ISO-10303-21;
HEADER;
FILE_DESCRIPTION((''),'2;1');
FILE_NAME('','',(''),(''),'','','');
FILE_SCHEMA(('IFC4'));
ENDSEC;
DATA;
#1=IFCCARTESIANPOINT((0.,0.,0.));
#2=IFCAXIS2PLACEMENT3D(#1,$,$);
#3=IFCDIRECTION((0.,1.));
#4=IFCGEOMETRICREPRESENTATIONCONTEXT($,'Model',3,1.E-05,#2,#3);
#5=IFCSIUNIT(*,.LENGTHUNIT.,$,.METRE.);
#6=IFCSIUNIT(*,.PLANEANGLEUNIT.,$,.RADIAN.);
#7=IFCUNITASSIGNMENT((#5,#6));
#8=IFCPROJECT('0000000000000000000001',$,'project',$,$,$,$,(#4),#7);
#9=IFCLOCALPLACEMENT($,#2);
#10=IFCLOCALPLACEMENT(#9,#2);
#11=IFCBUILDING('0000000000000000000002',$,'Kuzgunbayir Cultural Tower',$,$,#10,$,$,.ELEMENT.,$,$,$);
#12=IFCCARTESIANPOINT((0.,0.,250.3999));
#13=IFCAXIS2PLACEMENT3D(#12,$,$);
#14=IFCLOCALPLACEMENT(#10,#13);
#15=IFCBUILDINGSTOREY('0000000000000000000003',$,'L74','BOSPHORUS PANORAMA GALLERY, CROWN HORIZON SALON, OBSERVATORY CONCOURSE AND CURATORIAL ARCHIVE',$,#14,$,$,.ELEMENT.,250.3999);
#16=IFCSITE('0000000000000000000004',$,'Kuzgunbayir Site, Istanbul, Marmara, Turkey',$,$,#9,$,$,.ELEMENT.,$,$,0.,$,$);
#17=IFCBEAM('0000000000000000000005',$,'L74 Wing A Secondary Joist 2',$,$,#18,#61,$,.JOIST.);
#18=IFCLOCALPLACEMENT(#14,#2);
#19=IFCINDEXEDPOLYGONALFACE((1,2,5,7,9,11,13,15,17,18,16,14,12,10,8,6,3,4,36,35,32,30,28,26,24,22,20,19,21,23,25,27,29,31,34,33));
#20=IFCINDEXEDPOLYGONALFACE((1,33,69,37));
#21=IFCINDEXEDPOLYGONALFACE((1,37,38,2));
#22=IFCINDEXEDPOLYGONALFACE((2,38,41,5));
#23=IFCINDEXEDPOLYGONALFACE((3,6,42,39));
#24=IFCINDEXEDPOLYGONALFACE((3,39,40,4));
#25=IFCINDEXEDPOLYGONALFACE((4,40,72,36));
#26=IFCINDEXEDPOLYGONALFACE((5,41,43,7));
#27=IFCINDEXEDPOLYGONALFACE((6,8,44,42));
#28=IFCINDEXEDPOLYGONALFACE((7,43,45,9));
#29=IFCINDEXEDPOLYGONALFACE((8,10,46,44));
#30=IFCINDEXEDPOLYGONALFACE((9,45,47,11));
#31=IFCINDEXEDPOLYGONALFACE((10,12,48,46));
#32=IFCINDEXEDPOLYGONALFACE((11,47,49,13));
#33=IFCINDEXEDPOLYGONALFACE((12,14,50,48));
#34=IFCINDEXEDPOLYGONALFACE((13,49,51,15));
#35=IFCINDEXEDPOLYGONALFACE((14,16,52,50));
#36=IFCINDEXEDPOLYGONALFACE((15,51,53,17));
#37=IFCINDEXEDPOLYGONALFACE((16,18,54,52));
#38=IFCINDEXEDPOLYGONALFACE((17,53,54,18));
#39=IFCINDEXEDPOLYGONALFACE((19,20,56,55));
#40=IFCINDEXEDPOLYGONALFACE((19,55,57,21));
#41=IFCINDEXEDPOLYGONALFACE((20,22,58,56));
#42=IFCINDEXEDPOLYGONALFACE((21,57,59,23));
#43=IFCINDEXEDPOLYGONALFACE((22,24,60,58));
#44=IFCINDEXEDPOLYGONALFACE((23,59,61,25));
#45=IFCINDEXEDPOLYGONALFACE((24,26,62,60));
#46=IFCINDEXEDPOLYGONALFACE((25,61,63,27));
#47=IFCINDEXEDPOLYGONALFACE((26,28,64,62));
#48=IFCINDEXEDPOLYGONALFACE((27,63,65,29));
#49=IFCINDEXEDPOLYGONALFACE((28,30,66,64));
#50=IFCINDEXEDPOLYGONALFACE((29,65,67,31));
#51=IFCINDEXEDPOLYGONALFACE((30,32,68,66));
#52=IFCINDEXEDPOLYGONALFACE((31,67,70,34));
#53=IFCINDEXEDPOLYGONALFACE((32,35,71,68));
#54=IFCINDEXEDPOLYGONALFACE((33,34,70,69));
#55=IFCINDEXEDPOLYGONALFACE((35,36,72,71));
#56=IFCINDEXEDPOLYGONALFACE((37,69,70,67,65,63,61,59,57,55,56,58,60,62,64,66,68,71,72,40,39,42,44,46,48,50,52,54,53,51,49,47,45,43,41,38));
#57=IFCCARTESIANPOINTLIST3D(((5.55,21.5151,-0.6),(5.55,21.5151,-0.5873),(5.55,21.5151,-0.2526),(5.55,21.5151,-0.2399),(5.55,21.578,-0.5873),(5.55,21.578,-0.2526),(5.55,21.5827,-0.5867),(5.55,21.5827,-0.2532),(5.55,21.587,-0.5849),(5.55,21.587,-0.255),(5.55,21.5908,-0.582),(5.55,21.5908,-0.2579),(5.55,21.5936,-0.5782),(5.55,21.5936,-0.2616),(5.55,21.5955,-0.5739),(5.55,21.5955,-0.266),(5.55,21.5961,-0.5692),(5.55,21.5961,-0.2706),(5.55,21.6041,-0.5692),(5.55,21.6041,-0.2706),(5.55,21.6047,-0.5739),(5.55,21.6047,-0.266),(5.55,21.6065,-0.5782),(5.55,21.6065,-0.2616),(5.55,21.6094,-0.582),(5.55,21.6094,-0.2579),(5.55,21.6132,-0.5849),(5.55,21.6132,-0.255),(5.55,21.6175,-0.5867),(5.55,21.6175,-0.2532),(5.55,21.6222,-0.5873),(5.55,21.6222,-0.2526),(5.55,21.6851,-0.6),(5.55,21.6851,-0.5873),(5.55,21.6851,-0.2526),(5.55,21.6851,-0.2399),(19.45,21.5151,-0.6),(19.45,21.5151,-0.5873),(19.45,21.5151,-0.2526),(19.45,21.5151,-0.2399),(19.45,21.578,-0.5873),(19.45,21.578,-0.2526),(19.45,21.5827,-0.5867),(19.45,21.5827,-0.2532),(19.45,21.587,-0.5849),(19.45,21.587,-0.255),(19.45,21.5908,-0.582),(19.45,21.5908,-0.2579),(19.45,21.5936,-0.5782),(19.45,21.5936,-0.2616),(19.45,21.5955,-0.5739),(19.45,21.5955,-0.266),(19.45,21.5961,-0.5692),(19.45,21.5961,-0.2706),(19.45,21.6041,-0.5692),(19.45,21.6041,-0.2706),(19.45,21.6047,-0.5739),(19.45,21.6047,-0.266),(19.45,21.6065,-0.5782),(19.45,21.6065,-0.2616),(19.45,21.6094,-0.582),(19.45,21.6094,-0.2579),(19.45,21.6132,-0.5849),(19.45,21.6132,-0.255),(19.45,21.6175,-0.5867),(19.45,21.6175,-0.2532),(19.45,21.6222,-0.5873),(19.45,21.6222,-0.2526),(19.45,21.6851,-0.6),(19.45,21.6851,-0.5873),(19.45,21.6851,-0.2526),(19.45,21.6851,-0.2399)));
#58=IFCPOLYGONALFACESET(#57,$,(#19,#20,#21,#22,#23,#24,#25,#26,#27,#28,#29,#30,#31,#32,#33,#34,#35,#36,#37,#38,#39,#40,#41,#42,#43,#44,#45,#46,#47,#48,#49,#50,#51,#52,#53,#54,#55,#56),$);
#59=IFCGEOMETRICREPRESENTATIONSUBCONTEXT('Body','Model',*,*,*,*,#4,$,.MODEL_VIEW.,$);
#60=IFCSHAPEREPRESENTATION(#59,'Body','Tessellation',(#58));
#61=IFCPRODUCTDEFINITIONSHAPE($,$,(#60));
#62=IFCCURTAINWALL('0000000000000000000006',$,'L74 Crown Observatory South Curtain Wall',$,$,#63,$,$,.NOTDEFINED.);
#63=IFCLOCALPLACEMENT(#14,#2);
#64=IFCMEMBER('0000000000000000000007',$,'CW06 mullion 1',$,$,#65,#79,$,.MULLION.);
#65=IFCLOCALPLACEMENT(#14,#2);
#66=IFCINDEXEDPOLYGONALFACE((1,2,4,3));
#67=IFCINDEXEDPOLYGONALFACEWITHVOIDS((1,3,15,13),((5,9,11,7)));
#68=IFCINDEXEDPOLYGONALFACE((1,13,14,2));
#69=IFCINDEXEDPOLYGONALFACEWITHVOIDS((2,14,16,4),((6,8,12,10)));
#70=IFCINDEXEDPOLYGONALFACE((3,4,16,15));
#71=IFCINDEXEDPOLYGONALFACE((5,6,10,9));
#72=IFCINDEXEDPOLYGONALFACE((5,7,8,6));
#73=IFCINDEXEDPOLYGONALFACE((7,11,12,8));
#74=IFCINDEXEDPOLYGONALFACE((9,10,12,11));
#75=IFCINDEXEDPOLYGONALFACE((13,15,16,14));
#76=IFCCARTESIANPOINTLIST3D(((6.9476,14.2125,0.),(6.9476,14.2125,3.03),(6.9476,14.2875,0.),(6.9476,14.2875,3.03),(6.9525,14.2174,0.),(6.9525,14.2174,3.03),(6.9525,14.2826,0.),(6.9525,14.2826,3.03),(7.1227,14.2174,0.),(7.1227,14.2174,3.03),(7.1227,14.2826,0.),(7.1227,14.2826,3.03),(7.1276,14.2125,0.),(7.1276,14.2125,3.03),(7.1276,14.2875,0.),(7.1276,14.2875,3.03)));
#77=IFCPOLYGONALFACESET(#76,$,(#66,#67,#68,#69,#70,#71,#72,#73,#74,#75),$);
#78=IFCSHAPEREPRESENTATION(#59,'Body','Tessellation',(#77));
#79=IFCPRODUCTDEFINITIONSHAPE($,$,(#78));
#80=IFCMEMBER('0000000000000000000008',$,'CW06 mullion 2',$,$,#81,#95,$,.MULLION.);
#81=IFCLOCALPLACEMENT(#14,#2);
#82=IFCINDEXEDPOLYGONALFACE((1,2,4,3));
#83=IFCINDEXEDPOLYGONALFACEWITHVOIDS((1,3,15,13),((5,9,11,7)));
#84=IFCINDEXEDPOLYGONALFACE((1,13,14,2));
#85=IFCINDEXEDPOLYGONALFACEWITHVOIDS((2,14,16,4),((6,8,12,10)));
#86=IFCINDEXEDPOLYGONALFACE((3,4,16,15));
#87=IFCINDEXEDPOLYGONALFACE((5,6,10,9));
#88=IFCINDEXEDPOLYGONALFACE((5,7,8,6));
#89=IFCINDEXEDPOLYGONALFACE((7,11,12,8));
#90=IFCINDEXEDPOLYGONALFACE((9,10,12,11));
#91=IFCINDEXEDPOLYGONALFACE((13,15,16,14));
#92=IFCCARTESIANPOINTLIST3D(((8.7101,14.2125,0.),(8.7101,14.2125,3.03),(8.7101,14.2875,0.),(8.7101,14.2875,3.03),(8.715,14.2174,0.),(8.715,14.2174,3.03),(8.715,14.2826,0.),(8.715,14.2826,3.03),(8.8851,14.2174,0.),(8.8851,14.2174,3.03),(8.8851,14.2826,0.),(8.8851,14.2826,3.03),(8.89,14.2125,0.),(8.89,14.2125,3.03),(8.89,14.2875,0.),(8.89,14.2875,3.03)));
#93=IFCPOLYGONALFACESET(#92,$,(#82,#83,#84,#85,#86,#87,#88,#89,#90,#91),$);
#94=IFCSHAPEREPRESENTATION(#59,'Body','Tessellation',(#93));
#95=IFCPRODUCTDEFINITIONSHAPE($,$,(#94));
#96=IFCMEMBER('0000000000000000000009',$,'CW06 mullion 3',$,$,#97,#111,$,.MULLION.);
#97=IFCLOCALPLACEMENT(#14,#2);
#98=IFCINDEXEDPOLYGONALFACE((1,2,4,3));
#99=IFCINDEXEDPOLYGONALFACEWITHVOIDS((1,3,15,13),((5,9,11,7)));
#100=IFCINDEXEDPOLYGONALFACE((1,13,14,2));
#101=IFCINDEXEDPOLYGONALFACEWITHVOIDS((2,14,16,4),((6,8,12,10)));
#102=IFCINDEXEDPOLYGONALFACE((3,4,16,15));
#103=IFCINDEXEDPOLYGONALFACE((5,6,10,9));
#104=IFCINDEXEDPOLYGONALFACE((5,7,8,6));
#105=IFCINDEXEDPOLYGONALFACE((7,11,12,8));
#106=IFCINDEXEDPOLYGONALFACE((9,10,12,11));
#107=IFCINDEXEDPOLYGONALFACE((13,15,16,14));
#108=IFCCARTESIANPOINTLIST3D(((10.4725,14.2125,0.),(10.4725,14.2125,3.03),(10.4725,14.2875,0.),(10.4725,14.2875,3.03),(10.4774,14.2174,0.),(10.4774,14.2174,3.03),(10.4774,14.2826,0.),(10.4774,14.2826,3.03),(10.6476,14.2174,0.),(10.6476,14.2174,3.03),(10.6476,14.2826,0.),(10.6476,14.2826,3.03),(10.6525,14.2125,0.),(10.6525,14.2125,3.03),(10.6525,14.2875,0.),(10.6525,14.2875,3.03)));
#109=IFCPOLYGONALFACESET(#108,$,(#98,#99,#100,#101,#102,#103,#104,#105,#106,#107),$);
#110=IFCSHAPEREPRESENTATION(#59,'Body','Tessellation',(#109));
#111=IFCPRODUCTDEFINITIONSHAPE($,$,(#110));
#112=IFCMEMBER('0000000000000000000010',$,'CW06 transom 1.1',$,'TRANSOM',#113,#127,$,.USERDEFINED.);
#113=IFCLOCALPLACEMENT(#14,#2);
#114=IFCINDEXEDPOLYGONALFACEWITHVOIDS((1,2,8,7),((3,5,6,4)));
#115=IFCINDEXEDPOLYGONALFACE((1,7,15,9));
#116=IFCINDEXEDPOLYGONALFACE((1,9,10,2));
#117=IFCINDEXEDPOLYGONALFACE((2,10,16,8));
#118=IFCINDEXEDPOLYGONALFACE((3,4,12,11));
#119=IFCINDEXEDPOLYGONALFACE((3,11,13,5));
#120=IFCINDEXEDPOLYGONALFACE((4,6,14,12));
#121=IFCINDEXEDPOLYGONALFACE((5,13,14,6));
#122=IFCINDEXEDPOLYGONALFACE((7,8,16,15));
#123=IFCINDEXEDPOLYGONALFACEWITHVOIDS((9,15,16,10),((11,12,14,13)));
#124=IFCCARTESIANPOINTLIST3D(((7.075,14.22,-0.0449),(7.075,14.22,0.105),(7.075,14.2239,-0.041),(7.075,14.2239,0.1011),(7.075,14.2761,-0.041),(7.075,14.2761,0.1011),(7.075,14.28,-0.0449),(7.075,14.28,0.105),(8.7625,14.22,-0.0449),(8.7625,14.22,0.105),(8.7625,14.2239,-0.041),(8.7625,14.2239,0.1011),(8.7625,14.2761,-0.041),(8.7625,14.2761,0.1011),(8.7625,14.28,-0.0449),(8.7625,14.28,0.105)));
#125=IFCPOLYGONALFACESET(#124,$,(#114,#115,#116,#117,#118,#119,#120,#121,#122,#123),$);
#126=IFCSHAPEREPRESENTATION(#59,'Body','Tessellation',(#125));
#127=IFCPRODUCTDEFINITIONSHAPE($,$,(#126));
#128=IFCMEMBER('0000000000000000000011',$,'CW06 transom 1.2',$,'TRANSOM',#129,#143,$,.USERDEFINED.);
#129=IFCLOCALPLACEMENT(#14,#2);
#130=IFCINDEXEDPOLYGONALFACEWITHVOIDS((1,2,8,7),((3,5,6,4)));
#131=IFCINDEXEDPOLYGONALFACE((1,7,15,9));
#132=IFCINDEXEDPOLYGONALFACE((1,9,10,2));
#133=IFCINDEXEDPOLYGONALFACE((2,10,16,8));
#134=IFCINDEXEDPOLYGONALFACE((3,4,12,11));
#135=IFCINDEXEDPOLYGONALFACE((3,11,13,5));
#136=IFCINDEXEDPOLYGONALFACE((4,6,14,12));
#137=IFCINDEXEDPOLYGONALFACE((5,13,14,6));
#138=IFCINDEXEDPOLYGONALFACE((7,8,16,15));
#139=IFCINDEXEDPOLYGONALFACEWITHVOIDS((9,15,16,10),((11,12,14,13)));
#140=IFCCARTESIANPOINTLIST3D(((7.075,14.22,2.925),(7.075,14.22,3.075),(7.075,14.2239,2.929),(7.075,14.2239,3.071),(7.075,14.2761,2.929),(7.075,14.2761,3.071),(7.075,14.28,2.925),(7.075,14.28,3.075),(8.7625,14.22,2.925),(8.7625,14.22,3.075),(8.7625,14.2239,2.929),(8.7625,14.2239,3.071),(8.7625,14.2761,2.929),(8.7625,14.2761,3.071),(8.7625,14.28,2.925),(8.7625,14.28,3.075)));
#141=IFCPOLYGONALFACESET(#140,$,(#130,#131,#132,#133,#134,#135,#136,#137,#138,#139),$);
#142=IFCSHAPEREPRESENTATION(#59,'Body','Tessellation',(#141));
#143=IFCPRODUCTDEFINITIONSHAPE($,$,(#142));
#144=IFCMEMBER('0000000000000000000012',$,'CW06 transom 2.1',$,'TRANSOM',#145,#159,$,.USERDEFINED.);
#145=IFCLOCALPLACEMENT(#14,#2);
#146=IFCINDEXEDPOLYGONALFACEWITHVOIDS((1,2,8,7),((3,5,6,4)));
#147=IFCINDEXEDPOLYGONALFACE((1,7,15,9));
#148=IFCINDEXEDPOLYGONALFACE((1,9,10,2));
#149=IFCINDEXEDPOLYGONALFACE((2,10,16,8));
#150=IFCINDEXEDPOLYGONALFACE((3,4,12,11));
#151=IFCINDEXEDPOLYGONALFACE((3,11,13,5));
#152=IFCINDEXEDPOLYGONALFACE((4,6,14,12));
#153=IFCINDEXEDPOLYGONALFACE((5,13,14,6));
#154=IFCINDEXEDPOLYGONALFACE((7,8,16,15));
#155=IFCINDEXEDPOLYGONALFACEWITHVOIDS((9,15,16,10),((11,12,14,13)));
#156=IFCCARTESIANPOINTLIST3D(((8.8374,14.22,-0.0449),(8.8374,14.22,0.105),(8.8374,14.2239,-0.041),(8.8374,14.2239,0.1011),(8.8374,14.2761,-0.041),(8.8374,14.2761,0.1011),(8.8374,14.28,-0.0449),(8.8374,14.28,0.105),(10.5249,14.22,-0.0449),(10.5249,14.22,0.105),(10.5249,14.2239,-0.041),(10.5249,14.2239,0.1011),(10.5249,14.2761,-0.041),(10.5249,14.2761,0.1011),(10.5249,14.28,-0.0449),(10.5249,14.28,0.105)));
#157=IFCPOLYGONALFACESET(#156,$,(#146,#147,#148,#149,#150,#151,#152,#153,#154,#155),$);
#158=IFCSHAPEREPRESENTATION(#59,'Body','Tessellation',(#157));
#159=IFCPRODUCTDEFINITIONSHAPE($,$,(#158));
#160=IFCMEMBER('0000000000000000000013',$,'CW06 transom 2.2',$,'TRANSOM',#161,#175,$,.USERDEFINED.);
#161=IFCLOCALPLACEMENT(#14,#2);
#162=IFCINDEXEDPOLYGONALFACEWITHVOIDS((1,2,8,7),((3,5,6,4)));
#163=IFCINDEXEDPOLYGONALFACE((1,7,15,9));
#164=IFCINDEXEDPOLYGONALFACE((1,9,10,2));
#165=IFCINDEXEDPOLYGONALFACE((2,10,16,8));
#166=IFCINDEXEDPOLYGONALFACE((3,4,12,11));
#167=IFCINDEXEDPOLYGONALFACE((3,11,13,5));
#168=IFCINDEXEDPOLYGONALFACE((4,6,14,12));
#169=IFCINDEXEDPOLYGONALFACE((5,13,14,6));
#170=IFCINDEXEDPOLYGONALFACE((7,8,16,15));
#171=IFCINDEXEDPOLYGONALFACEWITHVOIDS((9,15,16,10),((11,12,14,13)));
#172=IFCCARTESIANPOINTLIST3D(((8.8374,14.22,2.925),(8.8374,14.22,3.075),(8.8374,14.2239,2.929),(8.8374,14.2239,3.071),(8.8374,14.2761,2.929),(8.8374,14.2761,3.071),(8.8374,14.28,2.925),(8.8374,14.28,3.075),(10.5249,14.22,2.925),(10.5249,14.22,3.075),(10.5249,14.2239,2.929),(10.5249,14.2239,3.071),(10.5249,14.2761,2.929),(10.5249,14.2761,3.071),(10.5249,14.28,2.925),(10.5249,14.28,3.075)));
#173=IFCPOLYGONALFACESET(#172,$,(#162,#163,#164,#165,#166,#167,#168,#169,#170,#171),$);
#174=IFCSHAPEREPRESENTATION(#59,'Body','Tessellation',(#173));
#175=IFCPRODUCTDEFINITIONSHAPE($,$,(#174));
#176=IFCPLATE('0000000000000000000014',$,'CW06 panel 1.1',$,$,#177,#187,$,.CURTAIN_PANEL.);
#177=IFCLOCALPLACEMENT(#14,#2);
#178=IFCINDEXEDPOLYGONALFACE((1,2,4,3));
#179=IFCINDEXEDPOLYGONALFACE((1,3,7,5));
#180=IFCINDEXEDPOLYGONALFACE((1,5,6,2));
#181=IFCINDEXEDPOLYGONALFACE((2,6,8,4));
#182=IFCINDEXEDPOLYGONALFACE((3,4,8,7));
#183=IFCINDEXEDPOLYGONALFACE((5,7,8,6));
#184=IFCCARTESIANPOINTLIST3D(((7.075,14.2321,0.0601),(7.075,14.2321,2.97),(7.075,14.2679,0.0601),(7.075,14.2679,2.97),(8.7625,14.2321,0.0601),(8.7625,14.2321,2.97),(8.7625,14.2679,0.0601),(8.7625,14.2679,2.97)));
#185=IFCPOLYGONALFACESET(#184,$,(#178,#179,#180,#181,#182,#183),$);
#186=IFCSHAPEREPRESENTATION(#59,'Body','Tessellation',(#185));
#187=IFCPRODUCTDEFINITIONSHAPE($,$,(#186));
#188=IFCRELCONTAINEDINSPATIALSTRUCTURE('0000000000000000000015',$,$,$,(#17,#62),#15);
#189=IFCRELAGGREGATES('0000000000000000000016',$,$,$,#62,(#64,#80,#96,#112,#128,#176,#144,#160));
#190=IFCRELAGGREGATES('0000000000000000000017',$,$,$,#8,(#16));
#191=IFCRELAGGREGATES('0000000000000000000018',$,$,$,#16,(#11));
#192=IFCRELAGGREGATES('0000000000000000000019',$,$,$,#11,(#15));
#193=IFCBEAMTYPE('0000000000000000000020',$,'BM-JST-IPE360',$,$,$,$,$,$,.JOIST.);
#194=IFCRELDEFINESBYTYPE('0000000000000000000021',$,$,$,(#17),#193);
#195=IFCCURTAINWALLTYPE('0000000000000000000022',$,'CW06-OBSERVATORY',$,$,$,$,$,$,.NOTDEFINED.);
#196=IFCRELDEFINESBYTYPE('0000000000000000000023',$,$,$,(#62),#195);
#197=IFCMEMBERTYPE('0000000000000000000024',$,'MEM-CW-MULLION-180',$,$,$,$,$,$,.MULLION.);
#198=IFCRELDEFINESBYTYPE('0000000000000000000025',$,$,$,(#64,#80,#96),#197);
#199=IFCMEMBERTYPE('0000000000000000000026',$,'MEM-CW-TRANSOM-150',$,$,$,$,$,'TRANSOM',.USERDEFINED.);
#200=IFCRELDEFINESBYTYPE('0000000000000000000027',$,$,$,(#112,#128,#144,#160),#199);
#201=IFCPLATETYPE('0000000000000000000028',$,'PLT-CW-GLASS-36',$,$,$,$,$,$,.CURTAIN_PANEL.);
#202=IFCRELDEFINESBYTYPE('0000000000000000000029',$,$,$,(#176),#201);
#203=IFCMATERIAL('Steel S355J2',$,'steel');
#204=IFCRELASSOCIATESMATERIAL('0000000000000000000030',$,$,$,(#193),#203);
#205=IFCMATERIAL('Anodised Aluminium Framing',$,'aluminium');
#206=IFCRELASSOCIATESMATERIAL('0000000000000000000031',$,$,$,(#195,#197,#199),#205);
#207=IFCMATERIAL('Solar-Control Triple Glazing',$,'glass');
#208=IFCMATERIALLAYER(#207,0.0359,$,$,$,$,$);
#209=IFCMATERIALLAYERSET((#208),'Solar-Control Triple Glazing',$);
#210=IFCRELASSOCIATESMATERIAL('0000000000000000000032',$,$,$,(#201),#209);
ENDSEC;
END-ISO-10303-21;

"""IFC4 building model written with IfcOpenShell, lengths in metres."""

from ifc_helpers import new_model, si_unit, direction, frame, origin, origin_2d, place, context, subcontext, project, spatial, rectangle, hollow_rectangle, i_section, extrude, material, layer, layer_set, material_profile, profile_set, type_object, element, aggregate, save


model = new_model("IFC4")

# Units and contexts
model_context = context("Model", 3, precision=1e-05, world=origin(), true_north=direction((0.0, 1.0)))
body_context = subcontext(model_context, "Body", "Model", "MODEL_VIEW")
ifc_project = project(units=[si_unit("LENGTHUNIT", "METRE"), si_unit("PLANEANGLEUNIT", "RADIAN")], contexts=[model_context])

# Site, building, storey
site_placement = place(None, origin())
site = spatial("IfcSite", under=ifc_project, at=site_placement, Name="Kuzgunbayir Site, Istanbul, Marmara, Turkey", CompositionType="ELEMENT", RefElevation=0.0)
building_placement = place(site_placement, origin())
building = spatial("IfcBuilding", under=site, at=building_placement, Name="Kuzgunbayir Cultural Tower", CompositionType="ELEMENT")
storey_placement = place(building_placement, frame((0.0, 0.0, 250.3999)))
storey = spatial("IfcBuildingStorey", under=building, at=storey_placement, Name="L74", Description="BOSPHORUS PANORAMA GALLERY, CROWN HORIZON SALON, OBSERVATORY CONCOURSE AND CURATORIAL ARCHIVE", CompositionType="ELEMENT", Elevation=250.3999)

# Beam
ifc_material_1 = material(Name="Steel S355J2", Category="steel")
ifc_material_profile_1 = material_profile(ifc_material_1, i_section(OverallWidth=0.1699, OverallDepth=0.3601, WebThickness=0.0081, FlangeThickness=0.0127, FilletRadius=0.0181, at=origin_2d()), Name="IPE 360")
ifc_profile_set_1 = profile_set([ifc_material_profile_1], Name="Steel S355J2")
beam_type_1 = type_object("IfcBeamType", Name="BM-JST-IPE360", PredefinedType="JOIST", material=ifc_profile_set_1)
for number, where, z_axis, x_axis, name in (
    (1, (5.55, 21.6001, -0.4199), (1.0, 0.0, 0.0), (0.0, 1.0, 0.0), "L74 Wing A Secondary Joist 2"),
):
    element("IfcBeam", number, at=place(storey_placement, frame(where, z_axis=z_axis, x_axis=x_axis)), inside=storey, type_object=beam_type_1, Name=name, PredefinedType="JOIST", context=body_context, shape_type="SweptSolid", body=[
        extrude(i_section(OverallWidth=0.1699, OverallDepth=0.3601, WebThickness=0.0081, FlangeThickness=0.0127, FilletRadius=0.0181, at=origin_2d()), origin(), (0.0, 0.0, 1.0), 13.8999),
    ])

# Curtain wall, members, plate
ifc_material_2 = material(Name="Anodised Aluminium Framing", Category="aluminium")
curtain_wall_type = type_object("IfcCurtainWallType", Name="CW06-OBSERVATORY", PredefinedType="NOTDEFINED", material=ifc_material_2)
curtain_wall_placement = place(storey_placement, origin())
curtain_wall = element("IfcCurtainWall", 2, at=curtain_wall_placement, inside=storey, type_object=curtain_wall_type, Name="L74 Crown Observatory South Curtain Wall", PredefinedType="NOTDEFINED")
ifc_material_profile_2 = material_profile(ifc_material_2, hollow_rectangle(XDim=0.075, YDim=0.1799, WallThickness=0.0049, at=origin_2d()), Name="RHS 180x75x5")
ifc_profile_set_2 = profile_set([ifc_material_profile_2], Name="Anodised Aluminium Framing")
member_type_1 = type_object("IfcMemberType", Name="MEM-CW-MULLION-180", PredefinedType="MULLION", material=ifc_profile_set_2)
member_1_placement = place(storey_placement, frame((7.0376, 14.25, 0.0), z_axis=(0.0, 0.0, 1.0), x_axis=(0.0, 1.0, 0.0)))
member_1 = element("IfcMember", 3, at=member_1_placement, type_object=member_type_1, Name="CW06 mullion 1", PredefinedType="MULLION", context=body_context, shape_type="SweptSolid", body=[
    extrude(hollow_rectangle(XDim=0.075, YDim=0.1799, WallThickness=0.0049, at=origin_2d()), origin(), (0.0, 0.0, 1.0), 3.03),
])
member_2_placement = place(storey_placement, frame((8.8, 14.25, 0.0), z_axis=(0.0, 0.0, 1.0), x_axis=(0.0, 1.0, 0.0)))
member_2 = element("IfcMember", 4, at=member_2_placement, type_object=member_type_1, Name="CW06 mullion 2", PredefinedType="MULLION", context=body_context, shape_type="SweptSolid", body=[
    extrude(hollow_rectangle(XDim=0.075, YDim=0.1799, WallThickness=0.0049, at=origin_2d()), origin(), (0.0, 0.0, 1.0), 3.03),
])
member_3_placement = place(storey_placement, frame((10.5625, 14.25, 0.0), z_axis=(0.0, 0.0, 1.0), x_axis=(0.0, 1.0, 0.0)))
member_3 = element("IfcMember", 5, at=member_3_placement, type_object=member_type_1, Name="CW06 mullion 3", PredefinedType="MULLION", context=body_context, shape_type="SweptSolid", body=[
    extrude(hollow_rectangle(XDim=0.075, YDim=0.1799, WallThickness=0.0049, at=origin_2d()), origin(), (0.0, 0.0, 1.0), 3.03),
])
ifc_material_profile_3 = material_profile(ifc_material_2, hollow_rectangle(XDim=0.0601, YDim=0.1499, WallThickness=0.0039, at=origin_2d()), Name="RHS 150x60x4")
ifc_profile_set_3 = profile_set([ifc_material_profile_3], Name="Anodised Aluminium Framing")
member_type_2 = type_object("IfcMemberType", Name="MEM-CW-TRANSOM-150", ElementType="TRANSOM", PredefinedType="USERDEFINED", material=ifc_profile_set_3)
member_4_placement = place(storey_placement, frame((7.075, 14.25, 0.03), z_axis=(1.0, 0.0, 0.0), x_axis=(0.0, 1.0, 0.0)))
member_4 = element("IfcMember", 6, at=member_4_placement, type_object=member_type_2, Name="CW06 transom 1.1", ObjectType="TRANSOM", PredefinedType="USERDEFINED", context=body_context, shape_type="SweptSolid", body=[
    extrude(hollow_rectangle(XDim=0.0601, YDim=0.1499, WallThickness=0.0039, at=origin_2d()), origin(), (0.0, 0.0, 1.0), 1.6875),
])
member_5_placement = place(storey_placement, frame((7.075, 14.25, 3.0), z_axis=(1.0, 0.0, 0.0), x_axis=(0.0, 1.0, 0.0)))
member_5 = element("IfcMember", 7, at=member_5_placement, type_object=member_type_2, Name="CW06 transom 1.2", ObjectType="TRANSOM", PredefinedType="USERDEFINED", context=body_context, shape_type="SweptSolid", body=[
    extrude(hollow_rectangle(XDim=0.0601, YDim=0.1499, WallThickness=0.0039, at=origin_2d()), origin(), (0.0, 0.0, 1.0), 1.6875),
])
member_6_placement = place(storey_placement, frame((8.8374, 14.25, 0.03), z_axis=(1.0, 0.0, 0.0), x_axis=(0.0, 1.0, 0.0)))
member_6 = element("IfcMember", 8, at=member_6_placement, type_object=member_type_2, Name="CW06 transom 2.1", ObjectType="TRANSOM", PredefinedType="USERDEFINED", context=body_context, shape_type="SweptSolid", body=[
    extrude(hollow_rectangle(XDim=0.0601, YDim=0.1499, WallThickness=0.0039, at=origin_2d()), origin(), (0.0, 0.0, 1.0), 1.6875),
])
member_7_placement = place(storey_placement, frame((8.8374, 14.25, 3.0), z_axis=(1.0, 0.0, 0.0), x_axis=(0.0, 1.0, 0.0)))
member_7 = element("IfcMember", 9, at=member_7_placement, type_object=member_type_2, Name="CW06 transom 2.2", ObjectType="TRANSOM", PredefinedType="USERDEFINED", context=body_context, shape_type="SweptSolid", body=[
    extrude(hollow_rectangle(XDim=0.0601, YDim=0.1499, WallThickness=0.0039, at=origin_2d()), origin(), (0.0, 0.0, 1.0), 1.6875),
])
ifc_material_3 = material(Name="Solar-Control Triple Glazing", Category="glass")
ifc_layer_1 = layer(ifc_material_3, 0.0359)
ifc_layer_set_1 = layer_set([ifc_layer_1], Name="Solar-Control Triple Glazing")
plate_type = type_object("IfcPlateType", Name="PLT-CW-GLASS-36", PredefinedType="CURTAIN_PANEL", material=ifc_layer_set_1)
plate_1_placement = place(storey_placement, frame((7.9187, 14.25, 0.0601), z_axis=(0.0, 0.0, 1.0), x_axis=(1.0, 0.0, 0.0)))
plate_1 = element("IfcPlate", 10, at=plate_1_placement, type_object=plate_type, Name="CW06 panel 1.1", PredefinedType="CURTAIN_PANEL", context=body_context, shape_type="SweptSolid", body=[
    extrude(rectangle(XDim=1.6875, YDim=0.0359, at=origin_2d()), origin(), (0.0, 0.0, 1.0), 2.9099),
])
aggregate(curtain_wall, [member_1, member_2, member_3, member_4, member_5, plate_1, member_6, member_7])

save(model, "model.ifc")
